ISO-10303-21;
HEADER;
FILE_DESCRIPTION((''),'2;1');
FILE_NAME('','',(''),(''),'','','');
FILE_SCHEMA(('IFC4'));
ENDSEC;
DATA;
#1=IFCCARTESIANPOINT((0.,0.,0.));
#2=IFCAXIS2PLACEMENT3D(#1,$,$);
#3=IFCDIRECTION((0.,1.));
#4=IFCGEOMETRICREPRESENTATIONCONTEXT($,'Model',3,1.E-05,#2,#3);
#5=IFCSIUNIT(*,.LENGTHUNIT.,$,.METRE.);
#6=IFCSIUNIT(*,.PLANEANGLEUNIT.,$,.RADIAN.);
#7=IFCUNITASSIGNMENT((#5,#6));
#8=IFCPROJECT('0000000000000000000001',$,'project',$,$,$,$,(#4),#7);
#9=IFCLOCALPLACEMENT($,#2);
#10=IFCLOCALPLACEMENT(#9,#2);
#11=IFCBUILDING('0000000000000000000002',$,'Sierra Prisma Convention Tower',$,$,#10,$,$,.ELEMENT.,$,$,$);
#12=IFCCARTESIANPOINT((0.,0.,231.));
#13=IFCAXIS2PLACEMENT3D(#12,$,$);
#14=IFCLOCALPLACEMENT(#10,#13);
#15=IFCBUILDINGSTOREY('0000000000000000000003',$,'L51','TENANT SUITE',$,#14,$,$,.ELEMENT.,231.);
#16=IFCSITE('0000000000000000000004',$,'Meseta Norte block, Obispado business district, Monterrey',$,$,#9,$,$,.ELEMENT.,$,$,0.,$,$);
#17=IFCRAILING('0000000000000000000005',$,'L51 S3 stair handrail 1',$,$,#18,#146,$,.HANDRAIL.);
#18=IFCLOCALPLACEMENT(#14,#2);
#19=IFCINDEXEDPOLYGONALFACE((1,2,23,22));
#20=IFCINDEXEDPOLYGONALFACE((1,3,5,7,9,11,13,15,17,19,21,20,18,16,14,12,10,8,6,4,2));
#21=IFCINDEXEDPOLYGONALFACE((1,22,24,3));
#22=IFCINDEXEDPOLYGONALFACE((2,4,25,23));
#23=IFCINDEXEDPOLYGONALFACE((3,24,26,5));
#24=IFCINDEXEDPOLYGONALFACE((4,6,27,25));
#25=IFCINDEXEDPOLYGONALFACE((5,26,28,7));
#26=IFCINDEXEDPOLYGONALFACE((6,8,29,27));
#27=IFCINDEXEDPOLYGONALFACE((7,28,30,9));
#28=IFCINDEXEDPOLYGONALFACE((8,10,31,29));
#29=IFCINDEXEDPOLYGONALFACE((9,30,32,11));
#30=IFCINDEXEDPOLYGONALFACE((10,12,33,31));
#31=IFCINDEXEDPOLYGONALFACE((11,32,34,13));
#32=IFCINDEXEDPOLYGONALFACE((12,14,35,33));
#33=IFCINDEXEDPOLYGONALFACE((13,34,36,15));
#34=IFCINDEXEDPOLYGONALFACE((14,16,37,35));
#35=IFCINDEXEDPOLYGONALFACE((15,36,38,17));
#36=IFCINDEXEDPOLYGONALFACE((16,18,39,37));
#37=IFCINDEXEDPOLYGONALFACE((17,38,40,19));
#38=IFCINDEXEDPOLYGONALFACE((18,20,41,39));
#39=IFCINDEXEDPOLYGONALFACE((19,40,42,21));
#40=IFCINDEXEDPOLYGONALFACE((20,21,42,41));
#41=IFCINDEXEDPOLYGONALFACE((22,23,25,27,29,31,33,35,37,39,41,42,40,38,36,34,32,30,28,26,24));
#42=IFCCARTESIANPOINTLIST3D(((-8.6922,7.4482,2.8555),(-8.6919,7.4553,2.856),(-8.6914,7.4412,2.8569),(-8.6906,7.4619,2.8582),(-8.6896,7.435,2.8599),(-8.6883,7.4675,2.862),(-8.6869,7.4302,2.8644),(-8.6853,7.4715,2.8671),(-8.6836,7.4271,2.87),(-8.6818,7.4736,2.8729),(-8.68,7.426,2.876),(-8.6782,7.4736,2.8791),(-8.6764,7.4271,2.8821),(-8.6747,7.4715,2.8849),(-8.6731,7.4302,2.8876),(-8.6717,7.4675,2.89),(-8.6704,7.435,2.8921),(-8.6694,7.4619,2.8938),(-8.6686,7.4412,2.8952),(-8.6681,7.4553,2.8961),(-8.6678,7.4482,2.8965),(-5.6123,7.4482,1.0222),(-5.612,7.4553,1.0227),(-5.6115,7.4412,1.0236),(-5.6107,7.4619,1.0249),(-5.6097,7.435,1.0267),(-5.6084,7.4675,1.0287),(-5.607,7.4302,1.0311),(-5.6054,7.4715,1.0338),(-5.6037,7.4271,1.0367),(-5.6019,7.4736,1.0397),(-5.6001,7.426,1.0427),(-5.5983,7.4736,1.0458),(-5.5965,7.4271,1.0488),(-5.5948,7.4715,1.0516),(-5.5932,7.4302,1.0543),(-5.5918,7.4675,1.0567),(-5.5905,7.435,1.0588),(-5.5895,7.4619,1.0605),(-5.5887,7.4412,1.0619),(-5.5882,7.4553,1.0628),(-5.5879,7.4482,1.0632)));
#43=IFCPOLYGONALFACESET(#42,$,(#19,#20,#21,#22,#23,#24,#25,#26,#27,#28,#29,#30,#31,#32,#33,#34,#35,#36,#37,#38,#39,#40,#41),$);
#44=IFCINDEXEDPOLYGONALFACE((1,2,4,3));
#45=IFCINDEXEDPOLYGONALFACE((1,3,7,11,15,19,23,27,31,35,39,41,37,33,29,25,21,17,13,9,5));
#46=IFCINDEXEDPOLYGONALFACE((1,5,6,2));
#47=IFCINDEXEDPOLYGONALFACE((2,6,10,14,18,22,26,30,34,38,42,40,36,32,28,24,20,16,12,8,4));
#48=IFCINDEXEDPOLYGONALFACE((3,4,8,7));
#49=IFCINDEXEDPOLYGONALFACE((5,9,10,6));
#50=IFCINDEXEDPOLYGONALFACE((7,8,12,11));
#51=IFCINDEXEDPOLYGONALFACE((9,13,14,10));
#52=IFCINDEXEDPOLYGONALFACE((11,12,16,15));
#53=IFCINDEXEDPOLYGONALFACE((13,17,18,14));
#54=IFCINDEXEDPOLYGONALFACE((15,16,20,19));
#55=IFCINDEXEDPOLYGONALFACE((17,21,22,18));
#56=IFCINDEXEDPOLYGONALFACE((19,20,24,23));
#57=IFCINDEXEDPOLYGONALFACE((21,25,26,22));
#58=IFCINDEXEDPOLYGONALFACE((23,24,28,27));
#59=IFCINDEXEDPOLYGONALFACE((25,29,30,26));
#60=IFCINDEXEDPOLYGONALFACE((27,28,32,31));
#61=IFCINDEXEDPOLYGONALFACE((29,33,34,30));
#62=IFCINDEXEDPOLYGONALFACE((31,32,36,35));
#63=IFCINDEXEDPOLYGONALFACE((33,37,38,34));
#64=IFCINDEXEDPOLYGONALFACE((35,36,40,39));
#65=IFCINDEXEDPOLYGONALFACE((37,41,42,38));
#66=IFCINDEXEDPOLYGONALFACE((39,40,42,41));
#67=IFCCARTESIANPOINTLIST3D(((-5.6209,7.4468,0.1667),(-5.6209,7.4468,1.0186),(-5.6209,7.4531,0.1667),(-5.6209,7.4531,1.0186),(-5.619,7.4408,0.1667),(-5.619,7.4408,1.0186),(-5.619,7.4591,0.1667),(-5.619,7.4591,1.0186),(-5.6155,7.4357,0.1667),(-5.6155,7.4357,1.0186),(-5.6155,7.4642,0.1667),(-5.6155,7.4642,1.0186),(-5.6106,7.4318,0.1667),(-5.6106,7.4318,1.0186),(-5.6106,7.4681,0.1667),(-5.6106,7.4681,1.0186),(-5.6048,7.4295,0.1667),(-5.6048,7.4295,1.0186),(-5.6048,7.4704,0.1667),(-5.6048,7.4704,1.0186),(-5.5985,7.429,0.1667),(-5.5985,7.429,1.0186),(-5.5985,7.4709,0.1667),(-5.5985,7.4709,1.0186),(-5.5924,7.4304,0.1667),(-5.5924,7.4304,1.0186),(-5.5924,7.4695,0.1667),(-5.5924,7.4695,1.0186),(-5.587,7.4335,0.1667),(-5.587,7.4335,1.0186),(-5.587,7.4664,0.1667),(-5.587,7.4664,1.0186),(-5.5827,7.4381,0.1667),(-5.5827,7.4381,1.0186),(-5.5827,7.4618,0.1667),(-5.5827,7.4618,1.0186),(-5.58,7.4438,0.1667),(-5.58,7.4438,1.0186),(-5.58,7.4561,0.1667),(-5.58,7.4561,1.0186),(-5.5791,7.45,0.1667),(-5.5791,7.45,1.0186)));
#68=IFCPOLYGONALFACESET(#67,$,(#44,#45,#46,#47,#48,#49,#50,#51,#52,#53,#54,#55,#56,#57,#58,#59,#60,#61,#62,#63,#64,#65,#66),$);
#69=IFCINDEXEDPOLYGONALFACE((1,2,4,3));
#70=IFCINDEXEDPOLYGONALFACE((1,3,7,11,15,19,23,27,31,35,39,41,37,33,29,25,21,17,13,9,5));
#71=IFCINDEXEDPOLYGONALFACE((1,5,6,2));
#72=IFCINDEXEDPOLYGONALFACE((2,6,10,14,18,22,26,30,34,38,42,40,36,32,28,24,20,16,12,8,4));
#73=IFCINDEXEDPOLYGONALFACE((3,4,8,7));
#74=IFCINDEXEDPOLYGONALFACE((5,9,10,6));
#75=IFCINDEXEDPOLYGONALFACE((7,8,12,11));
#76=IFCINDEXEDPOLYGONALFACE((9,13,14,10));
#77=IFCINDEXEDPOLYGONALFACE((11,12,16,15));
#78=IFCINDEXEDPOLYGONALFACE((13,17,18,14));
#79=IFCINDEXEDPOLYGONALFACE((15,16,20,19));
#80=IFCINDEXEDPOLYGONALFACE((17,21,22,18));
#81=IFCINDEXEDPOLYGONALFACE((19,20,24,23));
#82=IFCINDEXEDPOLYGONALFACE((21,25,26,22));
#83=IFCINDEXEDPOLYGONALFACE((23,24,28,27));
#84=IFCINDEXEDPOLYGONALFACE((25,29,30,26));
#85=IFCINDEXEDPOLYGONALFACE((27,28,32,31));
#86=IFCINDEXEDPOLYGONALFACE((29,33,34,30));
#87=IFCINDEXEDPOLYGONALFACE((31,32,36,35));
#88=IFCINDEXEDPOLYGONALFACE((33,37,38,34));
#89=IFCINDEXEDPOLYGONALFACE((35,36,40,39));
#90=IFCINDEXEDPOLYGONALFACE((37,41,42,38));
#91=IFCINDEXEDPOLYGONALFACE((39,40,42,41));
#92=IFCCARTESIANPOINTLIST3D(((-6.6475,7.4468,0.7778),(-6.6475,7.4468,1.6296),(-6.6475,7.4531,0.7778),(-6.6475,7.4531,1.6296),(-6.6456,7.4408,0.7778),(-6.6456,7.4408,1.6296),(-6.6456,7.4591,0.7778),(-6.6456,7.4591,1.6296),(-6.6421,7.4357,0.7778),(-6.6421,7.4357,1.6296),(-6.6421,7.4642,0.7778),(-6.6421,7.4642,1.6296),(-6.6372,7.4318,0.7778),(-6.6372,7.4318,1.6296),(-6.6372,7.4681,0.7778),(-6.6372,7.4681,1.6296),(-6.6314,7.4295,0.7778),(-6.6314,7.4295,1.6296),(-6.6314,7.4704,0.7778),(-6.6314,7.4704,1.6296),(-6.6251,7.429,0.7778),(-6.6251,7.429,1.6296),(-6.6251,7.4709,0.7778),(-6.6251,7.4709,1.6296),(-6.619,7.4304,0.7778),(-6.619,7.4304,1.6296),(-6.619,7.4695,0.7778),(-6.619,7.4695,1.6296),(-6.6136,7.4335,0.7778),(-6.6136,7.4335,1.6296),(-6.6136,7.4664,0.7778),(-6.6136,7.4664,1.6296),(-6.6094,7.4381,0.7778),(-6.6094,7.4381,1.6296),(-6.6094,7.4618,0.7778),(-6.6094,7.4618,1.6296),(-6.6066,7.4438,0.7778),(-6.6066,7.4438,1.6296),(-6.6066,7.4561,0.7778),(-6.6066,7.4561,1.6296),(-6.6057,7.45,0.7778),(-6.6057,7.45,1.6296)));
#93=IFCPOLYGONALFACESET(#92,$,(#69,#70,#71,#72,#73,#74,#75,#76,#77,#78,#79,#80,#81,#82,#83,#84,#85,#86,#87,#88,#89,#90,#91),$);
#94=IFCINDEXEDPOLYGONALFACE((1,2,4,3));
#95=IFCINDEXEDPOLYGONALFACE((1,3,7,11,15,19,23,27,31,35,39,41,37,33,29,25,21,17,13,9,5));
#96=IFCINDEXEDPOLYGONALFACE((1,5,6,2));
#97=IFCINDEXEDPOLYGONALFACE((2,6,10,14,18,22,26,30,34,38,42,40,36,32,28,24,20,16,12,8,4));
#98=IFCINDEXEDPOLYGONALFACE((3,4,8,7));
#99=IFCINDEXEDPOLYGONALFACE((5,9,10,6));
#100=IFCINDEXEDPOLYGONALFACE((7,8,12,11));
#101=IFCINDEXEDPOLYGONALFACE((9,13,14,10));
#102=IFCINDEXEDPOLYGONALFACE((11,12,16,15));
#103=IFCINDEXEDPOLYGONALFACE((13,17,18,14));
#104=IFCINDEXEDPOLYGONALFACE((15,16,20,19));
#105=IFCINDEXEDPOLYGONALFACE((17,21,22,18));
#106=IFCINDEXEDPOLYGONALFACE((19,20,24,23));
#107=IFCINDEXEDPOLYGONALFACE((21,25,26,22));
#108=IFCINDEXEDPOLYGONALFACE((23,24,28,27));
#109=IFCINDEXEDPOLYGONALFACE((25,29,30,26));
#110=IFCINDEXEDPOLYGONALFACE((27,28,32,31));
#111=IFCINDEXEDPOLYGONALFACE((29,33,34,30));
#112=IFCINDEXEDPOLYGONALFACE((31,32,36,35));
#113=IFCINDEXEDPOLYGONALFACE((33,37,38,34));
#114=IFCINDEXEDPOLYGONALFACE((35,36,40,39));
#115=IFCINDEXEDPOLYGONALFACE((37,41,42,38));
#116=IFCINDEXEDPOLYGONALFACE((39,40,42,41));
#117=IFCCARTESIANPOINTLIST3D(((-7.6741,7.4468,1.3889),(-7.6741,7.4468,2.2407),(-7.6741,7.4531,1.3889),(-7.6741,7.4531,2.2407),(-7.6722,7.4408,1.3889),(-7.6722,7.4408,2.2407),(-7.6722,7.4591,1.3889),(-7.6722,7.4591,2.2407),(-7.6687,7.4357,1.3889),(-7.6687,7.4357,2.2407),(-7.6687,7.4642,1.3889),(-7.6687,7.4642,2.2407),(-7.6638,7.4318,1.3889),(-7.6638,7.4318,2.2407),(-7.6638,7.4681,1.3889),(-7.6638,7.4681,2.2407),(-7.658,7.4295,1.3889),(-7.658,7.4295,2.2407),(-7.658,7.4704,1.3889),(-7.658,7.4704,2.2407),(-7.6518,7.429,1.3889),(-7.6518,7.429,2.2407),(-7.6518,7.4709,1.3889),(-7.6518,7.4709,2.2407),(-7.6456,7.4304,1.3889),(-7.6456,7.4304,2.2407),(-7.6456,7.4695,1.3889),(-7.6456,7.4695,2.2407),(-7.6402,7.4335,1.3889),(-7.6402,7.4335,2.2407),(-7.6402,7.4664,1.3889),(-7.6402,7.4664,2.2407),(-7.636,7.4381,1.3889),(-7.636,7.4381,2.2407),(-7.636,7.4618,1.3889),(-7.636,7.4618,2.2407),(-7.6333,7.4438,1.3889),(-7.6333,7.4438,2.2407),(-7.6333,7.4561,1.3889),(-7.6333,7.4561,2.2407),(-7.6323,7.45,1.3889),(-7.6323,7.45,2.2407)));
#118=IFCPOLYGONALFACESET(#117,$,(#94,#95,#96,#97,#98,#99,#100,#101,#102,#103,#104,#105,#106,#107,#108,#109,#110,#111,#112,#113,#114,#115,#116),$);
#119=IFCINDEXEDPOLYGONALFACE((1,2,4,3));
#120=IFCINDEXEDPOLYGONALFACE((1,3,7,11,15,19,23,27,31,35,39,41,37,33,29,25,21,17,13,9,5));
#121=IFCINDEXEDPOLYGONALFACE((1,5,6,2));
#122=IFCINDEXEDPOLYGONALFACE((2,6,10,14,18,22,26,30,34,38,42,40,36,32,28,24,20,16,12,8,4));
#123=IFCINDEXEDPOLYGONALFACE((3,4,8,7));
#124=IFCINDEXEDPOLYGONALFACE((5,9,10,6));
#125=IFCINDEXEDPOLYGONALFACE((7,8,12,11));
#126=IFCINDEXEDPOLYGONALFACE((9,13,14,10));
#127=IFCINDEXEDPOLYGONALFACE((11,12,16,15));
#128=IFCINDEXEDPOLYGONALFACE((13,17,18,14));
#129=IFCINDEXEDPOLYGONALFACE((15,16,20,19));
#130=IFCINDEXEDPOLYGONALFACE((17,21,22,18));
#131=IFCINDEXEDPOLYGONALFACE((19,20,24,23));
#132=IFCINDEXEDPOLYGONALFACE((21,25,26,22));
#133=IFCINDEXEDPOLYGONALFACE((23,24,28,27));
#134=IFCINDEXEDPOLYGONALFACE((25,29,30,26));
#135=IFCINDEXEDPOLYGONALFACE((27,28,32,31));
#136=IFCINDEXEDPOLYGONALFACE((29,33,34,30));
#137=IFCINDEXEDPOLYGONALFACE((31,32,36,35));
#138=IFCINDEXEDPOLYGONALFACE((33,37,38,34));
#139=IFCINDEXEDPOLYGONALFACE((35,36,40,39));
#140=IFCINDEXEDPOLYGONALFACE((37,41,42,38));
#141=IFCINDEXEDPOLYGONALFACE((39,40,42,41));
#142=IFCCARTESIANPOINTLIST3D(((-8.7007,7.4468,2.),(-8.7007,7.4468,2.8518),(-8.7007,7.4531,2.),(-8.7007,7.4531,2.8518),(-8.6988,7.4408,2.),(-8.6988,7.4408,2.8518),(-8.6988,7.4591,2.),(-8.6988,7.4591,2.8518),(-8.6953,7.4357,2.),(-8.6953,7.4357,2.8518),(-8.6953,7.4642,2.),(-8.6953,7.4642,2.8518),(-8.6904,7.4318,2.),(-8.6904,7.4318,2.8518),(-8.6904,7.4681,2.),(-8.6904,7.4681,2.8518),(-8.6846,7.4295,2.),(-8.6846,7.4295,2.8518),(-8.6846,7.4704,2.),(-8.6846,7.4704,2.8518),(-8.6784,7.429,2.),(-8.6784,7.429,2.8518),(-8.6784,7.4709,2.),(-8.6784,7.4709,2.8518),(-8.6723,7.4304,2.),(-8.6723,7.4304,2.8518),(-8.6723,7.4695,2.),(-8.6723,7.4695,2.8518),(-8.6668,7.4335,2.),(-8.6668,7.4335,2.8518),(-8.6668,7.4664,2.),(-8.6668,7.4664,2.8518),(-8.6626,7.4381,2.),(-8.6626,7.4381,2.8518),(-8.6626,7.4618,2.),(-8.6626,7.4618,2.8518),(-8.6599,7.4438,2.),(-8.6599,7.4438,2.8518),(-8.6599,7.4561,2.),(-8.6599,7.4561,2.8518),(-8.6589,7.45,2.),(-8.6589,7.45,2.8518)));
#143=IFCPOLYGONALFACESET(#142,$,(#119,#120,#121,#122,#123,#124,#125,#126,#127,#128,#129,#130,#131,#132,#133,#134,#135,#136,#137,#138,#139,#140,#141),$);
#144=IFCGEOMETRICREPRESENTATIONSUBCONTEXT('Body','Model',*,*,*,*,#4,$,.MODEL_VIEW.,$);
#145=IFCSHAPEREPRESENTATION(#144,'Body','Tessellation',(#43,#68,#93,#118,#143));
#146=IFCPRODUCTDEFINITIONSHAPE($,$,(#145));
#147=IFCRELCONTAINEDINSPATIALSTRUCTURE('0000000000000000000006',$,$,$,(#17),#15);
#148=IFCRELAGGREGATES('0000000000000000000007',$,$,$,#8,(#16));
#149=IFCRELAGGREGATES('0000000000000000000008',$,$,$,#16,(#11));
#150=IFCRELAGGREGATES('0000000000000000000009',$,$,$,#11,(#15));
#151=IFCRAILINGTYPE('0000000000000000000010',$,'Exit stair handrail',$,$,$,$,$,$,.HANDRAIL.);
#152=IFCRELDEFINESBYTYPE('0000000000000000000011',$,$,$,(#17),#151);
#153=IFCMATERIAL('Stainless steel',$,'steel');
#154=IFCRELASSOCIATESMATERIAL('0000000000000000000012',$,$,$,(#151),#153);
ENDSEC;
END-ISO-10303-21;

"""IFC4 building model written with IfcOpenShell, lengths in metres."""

from ifc_helpers import new_model, si_unit, direction, frame, origin, origin_2d, place, context, subcontext, project, spatial, circle, extrude, material, type_object, element, save


model = new_model("IFC4")

# Units and contexts
model_context = context("Model", 3, precision=1e-05, world=origin(), true_north=direction((0.0, 1.0)))
body_context = subcontext(model_context, "Body", "Model", "MODEL_VIEW")
ifc_project = project(units=[si_unit("LENGTHUNIT", "METRE"), si_unit("PLANEANGLEUNIT", "RADIAN")], contexts=[model_context])

# Site, building, storey
site_placement = place(None, origin())
site = spatial("IfcSite", under=ifc_project, at=site_placement, Name="Meseta Norte block, Obispado business district, Monterrey", CompositionType="ELEMENT", RefElevation=0.0)
building_placement = place(site_placement, origin())
building = spatial("IfcBuilding", under=site, at=building_placement, Name="Sierra Prisma Convention Tower", CompositionType="ELEMENT")
storey_placement = place(building_placement, frame((0.0, 0.0, 231.0)))
storey = spatial("IfcBuildingStorey", under=building, at=storey_placement, Name="L51", Description="TENANT SUITE", CompositionType="ELEMENT", Elevation=231.0)

# Railing
ifc_material_1 = material(Name="Stainless steel", Category="steel")
railing_type_1 = type_object("IfcRailingType", Name="Exit stair handrail", PredefinedType="HANDRAIL", material=ifc_material_1)
railing_1_placement = place(storey_placement, frame((-5.6001, 7.45, 0.1667)))
element("IfcRailing", 1, at=railing_1_placement, inside=storey, type_object=railing_type_1, Name="L51 S3 stair handrail 1", PredefinedType="HANDRAIL", context=body_context, shape_type="SweptSolid", body=[
    extrude(circle(Radius=0.0239, at=origin_2d()), frame((0.0, 0.0, 0.876), z_axis=(-0.859291, 0.0, 0.511487), x_axis=(0.0, -1.0, 0.0)), (0.0, 0.0, 1.0), 3.5842),
    extrude(circle(Radius=0.021, at=origin_2d()), origin(), (0.0, 0.0, 1.0), 0.8518),
    extrude(circle(Radius=0.021, at=origin_2d()), frame((-1.0266, 0.0, 0.6111)), (0.0, 0.0, 1.0), 0.8518),
    extrude(circle(Radius=0.021, at=origin_2d()), frame((-2.0532, 0.0, 1.2222)), (0.0, 0.0, 1.0), 0.8518),
    extrude(circle(Radius=0.021, at=origin_2d()), frame((-3.0798, 0.0, 1.8333)), (0.0, 0.0, 1.0), 0.8518),
])

save(model, "model.ifc")
